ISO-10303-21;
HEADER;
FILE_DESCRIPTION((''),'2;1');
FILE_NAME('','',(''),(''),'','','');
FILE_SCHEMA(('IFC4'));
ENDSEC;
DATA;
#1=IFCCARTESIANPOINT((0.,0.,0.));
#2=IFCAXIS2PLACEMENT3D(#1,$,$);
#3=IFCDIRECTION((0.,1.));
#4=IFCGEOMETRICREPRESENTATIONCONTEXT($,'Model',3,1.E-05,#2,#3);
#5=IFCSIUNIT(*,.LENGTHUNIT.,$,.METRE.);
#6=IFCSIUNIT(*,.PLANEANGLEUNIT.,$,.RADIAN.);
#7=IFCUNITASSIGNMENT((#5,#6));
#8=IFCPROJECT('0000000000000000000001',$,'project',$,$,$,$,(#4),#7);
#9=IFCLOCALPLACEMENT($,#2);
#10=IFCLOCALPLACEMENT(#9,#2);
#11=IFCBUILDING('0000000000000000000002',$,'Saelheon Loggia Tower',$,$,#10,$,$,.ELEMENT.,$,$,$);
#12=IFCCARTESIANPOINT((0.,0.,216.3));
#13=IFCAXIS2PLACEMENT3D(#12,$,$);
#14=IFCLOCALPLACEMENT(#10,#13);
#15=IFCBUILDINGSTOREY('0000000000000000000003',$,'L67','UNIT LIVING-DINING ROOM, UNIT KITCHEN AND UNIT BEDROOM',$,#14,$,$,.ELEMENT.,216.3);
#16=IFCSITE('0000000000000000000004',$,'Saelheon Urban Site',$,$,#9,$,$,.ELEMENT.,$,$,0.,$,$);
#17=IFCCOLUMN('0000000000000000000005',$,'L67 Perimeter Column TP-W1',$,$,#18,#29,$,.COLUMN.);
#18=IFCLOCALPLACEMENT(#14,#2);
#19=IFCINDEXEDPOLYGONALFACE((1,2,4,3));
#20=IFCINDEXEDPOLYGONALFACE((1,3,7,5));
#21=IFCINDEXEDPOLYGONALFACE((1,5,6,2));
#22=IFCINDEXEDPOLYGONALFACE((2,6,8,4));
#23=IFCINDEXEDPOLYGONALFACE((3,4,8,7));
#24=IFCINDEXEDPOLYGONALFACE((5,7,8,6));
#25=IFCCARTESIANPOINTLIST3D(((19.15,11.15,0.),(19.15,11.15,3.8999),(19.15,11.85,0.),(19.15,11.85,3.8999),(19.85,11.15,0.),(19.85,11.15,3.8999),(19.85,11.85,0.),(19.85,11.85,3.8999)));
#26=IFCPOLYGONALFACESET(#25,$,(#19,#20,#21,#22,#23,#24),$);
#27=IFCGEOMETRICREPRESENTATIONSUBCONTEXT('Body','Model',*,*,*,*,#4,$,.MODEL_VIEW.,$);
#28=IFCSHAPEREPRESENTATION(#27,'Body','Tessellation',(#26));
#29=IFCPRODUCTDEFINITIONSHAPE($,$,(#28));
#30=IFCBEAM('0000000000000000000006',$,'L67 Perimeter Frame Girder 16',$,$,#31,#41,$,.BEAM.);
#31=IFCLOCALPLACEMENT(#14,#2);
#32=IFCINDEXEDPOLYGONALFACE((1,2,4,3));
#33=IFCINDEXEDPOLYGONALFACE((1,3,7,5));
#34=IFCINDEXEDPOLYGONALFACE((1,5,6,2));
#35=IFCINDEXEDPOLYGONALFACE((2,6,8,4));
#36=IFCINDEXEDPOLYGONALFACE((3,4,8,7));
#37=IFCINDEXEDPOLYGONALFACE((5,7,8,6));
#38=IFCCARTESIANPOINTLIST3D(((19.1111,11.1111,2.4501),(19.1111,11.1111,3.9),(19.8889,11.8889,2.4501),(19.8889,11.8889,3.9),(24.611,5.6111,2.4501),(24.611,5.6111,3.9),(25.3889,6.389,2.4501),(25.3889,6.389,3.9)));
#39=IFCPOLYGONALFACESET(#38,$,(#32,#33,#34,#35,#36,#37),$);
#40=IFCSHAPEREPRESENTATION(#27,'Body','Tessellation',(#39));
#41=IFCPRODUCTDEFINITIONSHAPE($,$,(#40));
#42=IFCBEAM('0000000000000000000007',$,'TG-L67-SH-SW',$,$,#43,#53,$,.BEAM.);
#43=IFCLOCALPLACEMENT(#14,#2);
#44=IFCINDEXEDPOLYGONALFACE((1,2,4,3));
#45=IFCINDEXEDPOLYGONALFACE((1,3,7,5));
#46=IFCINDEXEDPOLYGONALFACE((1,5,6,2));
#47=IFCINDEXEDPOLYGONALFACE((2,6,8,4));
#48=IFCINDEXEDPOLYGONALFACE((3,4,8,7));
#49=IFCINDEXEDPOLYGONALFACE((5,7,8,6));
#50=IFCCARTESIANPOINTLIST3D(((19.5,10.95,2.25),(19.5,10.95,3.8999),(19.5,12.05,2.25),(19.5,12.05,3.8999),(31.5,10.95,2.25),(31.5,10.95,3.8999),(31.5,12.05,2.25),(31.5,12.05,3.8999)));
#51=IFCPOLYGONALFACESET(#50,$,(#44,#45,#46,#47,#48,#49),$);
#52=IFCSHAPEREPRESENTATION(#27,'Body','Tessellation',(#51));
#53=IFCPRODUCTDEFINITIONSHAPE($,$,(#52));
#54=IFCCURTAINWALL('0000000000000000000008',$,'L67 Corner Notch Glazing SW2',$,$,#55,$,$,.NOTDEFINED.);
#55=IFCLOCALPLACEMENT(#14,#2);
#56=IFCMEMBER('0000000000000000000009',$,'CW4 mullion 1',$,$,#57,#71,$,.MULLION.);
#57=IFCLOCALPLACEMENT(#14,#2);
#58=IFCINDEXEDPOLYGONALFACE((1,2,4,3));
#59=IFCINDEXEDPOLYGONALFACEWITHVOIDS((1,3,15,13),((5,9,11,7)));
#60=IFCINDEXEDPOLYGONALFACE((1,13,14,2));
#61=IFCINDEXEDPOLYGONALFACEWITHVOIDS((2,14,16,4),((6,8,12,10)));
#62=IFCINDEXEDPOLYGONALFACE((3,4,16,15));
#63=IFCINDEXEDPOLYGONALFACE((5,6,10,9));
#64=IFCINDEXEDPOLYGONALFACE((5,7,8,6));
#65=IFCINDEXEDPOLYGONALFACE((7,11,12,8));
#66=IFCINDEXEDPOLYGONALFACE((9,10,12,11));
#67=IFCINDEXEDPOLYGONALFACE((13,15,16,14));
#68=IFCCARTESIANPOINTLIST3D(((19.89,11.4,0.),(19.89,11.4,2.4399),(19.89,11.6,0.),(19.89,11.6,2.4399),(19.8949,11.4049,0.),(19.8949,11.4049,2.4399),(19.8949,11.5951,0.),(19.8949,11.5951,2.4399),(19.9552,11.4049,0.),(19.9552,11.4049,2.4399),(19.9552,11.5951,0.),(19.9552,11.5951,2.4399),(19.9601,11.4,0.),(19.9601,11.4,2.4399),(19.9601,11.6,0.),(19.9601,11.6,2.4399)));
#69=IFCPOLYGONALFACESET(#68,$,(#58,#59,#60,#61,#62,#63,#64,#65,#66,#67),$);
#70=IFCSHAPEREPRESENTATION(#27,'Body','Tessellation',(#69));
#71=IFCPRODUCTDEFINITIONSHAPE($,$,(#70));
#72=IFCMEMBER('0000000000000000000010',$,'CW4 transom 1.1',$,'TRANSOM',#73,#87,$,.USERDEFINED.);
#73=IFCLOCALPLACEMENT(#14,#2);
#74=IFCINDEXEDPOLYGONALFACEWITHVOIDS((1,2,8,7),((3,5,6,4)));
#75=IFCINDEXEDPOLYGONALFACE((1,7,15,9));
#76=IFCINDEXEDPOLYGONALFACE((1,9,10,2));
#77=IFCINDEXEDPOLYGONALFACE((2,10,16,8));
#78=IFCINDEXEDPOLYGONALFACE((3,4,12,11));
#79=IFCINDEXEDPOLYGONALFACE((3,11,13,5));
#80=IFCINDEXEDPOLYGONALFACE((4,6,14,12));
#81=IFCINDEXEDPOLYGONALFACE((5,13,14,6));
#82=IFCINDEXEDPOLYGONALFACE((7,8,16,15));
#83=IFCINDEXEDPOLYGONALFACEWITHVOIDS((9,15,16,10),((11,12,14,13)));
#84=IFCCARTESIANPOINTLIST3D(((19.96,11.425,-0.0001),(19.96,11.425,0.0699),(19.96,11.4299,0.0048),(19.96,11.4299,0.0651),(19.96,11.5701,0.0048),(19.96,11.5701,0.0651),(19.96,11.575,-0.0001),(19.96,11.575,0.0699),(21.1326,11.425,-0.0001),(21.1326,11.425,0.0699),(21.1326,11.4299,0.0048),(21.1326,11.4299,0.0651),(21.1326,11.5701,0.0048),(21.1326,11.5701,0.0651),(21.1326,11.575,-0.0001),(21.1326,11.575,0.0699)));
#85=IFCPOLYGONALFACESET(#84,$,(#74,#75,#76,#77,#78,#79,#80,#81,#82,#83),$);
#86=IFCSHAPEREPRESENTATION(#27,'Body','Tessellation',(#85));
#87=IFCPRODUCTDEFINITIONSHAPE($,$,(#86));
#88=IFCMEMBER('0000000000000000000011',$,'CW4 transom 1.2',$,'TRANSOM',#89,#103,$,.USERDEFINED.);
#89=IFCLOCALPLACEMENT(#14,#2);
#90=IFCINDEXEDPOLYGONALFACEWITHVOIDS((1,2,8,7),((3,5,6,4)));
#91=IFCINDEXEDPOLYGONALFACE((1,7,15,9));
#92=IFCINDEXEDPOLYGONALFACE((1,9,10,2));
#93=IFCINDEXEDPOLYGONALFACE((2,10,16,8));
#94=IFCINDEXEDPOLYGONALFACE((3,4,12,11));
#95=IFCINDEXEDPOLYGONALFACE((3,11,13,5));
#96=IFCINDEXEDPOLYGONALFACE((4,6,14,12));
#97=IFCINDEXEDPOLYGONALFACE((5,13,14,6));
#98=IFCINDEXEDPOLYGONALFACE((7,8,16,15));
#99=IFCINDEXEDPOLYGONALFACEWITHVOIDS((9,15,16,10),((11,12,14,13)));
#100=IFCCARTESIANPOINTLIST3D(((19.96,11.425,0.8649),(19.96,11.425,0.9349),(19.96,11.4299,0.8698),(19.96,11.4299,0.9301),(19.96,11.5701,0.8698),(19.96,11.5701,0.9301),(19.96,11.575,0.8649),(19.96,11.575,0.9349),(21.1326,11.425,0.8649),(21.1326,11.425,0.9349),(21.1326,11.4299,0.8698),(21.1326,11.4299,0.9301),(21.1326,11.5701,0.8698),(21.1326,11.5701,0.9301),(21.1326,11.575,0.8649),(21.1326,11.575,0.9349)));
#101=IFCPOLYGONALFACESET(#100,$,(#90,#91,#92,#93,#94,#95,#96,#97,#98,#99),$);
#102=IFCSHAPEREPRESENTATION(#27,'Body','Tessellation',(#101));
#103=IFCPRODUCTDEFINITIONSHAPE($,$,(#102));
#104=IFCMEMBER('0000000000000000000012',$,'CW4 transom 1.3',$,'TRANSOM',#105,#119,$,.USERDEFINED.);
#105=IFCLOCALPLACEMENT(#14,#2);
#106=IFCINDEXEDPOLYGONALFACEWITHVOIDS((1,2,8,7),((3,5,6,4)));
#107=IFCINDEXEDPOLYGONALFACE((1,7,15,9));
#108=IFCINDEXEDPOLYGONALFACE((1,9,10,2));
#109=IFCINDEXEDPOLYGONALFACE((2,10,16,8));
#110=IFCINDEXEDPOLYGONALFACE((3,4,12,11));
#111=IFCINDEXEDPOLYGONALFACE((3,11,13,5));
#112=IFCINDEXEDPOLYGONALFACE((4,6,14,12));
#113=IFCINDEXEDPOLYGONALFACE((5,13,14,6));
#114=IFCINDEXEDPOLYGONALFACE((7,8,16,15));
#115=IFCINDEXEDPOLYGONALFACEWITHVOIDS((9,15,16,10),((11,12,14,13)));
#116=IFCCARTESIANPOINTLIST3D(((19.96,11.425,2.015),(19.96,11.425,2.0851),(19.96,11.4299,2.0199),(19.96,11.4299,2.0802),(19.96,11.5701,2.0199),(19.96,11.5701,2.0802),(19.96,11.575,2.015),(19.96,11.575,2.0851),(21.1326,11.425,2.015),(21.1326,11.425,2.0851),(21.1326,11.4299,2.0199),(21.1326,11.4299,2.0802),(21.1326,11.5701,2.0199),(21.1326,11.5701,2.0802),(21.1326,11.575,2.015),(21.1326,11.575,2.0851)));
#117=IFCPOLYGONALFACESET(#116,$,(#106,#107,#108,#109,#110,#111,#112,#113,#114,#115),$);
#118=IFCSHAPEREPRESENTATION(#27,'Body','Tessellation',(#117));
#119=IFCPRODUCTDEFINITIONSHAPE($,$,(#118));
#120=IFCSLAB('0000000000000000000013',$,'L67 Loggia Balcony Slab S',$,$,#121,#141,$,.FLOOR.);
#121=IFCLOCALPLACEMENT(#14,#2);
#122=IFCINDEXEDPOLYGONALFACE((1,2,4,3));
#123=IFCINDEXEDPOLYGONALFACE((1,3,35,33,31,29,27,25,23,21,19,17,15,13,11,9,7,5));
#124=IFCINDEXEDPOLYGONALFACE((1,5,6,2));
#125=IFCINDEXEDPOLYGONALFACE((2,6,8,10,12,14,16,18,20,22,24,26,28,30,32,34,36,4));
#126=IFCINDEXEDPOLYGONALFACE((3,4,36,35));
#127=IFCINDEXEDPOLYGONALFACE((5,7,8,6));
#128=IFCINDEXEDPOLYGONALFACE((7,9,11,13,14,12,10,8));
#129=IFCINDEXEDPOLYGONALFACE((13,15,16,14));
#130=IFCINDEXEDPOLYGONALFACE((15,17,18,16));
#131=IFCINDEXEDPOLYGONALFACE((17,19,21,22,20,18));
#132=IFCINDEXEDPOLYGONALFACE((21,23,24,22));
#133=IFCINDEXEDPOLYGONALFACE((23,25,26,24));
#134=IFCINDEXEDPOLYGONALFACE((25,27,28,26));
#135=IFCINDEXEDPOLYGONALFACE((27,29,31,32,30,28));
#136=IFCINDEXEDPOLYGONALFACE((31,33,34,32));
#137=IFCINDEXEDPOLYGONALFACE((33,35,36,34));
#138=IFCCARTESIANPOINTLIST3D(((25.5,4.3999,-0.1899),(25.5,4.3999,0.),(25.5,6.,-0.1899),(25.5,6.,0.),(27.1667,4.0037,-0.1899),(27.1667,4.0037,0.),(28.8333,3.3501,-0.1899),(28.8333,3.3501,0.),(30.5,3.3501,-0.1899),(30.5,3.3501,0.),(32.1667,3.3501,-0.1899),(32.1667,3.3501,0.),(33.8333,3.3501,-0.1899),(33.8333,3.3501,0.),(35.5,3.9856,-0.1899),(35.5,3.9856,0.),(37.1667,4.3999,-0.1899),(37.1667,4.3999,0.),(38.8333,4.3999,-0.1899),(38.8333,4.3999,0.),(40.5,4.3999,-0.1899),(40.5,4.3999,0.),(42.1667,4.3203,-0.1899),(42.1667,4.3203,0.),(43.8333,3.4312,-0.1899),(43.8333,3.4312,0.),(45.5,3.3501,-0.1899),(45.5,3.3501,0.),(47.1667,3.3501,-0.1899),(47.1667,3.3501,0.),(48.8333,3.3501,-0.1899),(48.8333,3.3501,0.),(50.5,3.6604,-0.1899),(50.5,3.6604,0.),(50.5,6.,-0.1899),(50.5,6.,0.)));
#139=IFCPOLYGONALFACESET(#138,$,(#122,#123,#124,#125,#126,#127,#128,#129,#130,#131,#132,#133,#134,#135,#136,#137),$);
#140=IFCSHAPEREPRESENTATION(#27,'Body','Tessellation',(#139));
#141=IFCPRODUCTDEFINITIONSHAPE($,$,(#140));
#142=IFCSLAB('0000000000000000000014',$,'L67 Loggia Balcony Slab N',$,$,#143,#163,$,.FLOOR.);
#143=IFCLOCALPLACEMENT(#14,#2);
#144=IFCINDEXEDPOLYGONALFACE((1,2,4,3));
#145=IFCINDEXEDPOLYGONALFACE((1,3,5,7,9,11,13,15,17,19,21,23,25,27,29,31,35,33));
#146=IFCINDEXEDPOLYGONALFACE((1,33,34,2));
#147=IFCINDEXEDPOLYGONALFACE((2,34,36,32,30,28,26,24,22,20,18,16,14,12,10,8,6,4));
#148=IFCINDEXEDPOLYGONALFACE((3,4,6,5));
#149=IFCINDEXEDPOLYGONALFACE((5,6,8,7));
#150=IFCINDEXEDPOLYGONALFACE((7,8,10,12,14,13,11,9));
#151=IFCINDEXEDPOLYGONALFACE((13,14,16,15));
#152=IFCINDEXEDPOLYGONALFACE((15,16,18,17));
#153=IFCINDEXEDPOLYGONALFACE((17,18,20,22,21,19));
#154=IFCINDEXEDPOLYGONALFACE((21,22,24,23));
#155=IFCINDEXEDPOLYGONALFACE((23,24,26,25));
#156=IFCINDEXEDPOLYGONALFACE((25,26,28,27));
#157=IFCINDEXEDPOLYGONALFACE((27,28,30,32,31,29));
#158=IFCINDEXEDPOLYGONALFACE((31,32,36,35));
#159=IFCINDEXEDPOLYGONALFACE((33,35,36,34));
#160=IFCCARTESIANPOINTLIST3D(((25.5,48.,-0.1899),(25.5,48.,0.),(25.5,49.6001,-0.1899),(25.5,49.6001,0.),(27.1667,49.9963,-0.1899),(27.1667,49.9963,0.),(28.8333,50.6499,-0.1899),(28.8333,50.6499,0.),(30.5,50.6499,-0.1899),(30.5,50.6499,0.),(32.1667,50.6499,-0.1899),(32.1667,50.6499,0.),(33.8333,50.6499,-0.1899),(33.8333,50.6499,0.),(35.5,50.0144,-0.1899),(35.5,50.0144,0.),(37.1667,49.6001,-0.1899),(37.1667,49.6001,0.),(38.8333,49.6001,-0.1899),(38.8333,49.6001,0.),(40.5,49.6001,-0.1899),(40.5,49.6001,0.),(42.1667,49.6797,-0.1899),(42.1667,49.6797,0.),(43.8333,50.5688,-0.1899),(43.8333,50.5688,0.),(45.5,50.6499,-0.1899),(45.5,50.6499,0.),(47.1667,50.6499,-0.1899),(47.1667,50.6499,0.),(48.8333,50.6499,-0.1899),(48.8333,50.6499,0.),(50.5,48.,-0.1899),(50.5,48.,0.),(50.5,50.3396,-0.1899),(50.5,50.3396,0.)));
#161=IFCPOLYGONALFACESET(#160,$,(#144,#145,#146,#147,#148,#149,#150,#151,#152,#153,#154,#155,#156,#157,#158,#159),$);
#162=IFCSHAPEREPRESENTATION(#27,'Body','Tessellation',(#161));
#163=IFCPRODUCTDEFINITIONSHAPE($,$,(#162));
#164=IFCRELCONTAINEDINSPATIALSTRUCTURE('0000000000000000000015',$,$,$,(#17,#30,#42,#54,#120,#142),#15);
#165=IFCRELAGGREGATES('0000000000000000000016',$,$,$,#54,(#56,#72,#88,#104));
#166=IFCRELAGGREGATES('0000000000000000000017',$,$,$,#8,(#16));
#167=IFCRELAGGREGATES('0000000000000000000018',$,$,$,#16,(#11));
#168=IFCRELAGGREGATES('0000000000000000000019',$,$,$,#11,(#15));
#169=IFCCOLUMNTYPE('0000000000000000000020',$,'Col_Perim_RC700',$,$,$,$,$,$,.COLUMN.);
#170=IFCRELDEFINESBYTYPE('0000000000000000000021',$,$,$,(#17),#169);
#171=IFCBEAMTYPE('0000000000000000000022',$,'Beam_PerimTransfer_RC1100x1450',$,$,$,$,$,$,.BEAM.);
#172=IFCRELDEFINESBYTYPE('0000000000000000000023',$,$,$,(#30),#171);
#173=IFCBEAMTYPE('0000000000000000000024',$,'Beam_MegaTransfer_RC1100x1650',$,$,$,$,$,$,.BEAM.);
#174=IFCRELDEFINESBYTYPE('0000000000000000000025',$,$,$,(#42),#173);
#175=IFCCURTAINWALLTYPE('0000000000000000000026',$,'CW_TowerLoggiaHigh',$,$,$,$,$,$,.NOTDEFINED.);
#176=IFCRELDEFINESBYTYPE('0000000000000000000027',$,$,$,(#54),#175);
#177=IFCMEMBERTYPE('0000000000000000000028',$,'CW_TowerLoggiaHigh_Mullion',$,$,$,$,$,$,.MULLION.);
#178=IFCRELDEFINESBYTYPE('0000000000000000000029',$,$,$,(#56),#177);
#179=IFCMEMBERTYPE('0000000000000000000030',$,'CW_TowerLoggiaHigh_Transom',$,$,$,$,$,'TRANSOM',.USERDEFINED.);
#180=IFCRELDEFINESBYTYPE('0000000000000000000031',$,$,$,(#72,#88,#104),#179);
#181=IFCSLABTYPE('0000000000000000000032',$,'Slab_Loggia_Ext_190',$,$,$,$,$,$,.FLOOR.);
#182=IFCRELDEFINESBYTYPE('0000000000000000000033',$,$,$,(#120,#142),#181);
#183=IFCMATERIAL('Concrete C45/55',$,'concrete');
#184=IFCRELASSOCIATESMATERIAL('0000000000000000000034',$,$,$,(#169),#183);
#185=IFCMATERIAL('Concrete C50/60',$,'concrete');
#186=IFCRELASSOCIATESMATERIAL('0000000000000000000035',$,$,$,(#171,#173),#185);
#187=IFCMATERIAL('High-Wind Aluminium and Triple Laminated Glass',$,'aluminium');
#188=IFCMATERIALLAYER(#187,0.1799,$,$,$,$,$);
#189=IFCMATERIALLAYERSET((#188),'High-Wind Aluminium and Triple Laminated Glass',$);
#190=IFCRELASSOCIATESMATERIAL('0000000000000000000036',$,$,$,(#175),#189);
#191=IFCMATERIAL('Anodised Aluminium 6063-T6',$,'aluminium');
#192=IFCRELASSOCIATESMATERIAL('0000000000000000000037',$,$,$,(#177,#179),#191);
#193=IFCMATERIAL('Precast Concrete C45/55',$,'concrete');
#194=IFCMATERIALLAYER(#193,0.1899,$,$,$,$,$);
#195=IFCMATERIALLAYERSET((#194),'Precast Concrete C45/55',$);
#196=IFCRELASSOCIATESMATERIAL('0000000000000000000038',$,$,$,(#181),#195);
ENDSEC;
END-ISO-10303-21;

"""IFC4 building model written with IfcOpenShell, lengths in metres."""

from ifc_helpers import new_model, si_unit, direction, frame, origin, origin_2d, place, context, subcontext, project, spatial, polyline, rectangle, hollow_rectangle, outline, extrude, source, transform, mapped, material, layer, layer_set, material_profile, profile_set, type_object, element, aggregate, save


model = new_model("IFC4")

# Units and contexts
model_context = context("Model", 3, precision=1e-05, world=origin(), true_north=direction((0.0, 1.0)))
body_context = subcontext(model_context, "Body", "Model", "MODEL_VIEW")
ifc_project = project(units=[si_unit("LENGTHUNIT", "METRE"), si_unit("PLANEANGLEUNIT", "RADIAN")], contexts=[model_context])

# Site, building, storey
site_placement = place(None, origin())
site = spatial("IfcSite", under=ifc_project, at=site_placement, Name="Saelheon Urban Site", CompositionType="ELEMENT", RefElevation=0.0)
building_placement = place(site_placement, origin())
building = spatial("IfcBuilding", under=site, at=building_placement, Name="Saelheon Loggia Tower", CompositionType="ELEMENT")
storey_placement = place(building_placement, frame((0.0, 0.0, 216.3)))
storey = spatial("IfcBuildingStorey", under=building, at=storey_placement, Name="L67", Description="UNIT LIVING-DINING ROOM, UNIT KITCHEN AND UNIT BEDROOM", CompositionType="ELEMENT", Elevation=216.3)

# Column
ifc_material_1 = material(Name="Concrete C45/55", Category="concrete")
ifc_material_profile_1 = material_profile(ifc_material_1, rectangle(XDim=0.7, YDim=0.7, at=origin_2d()), Name="RC-700x700")
ifc_profile_set_1 = profile_set([ifc_material_profile_1], Name="Concrete C45/55")
column_type = type_object("IfcColumnType", Name="Col_Perim_RC700", PredefinedType="COLUMN", material=ifc_profile_set_1)
shared_shape_1 = source(origin(), body_context, "Body", "SweptSolid", [
    extrude(rectangle(XDim=0.7, YDim=0.7, at=origin_2d()), origin(), (0.0, 0.0, 1.0), 3.8999),
])
column_placement = place(storey_placement, frame((19.5, 11.5, 0.0), z_axis=(0.0, 0.0, 1.0), x_axis=(1.0, 0.0, 0.0)))
element("IfcColumn", 1, at=column_placement, inside=storey, type_object=column_type, Name="L67 Perimeter Column TP-W1", PredefinedType="COLUMN", context=body_context, shape_type="MappedRepresentation", body=[
    mapped(shared_shape_1, transform((0.0, 0.0, 0.0), scale=1.0)),
])

# Beams
ifc_material_2 = material(Name="Concrete C50/60", Category="concrete")
ifc_material_profile_2 = material_profile(ifc_material_2, rectangle(XDim=1.1001, YDim=1.45, at=origin_2d()), Name="RC-1100x1450")
ifc_profile_set_2 = profile_set([ifc_material_profile_2], Name="Concrete C50/60")
beam_type_1 = type_object("IfcBeamType", Name="Beam_PerimTransfer_RC1100x1450", PredefinedType="BEAM", material=ifc_profile_set_2)
shared_shape_2 = source(origin(), body_context, "Body", "SweptSolid", [
    extrude(rectangle(XDim=1.1001, YDim=1.45, at=origin_2d()), origin(), (0.0, 0.0, 1.0), 7.7781),
])
beam_1_placement = place(storey_placement, frame((19.5, 11.5, 3.175), z_axis=(0.707107, -0.707107, 0.0), x_axis=(0.707107, 0.707107, 0.0)))
element("IfcBeam", 2, at=beam_1_placement, inside=storey, type_object=beam_type_1, Name="L67 Perimeter Frame Girder 16", PredefinedType="BEAM", context=body_context, shape_type="MappedRepresentation", body=[
    mapped(shared_shape_2, transform((0.0, 0.0, 0.0), scale=1.0)),
])
ifc_material_profile_3 = material_profile(ifc_material_2, rectangle(XDim=1.1001, YDim=1.6499, at=origin_2d()), Name="RC-1100x1650")
ifc_profile_set_3 = profile_set([ifc_material_profile_3], Name="Concrete C50/60")
beam_type_2 = type_object("IfcBeamType", Name="Beam_MegaTransfer_RC1100x1650", PredefinedType="BEAM", material=ifc_profile_set_3)
shared_shape_3 = source(origin(), body_context, "Body", "SweptSolid", [
    extrude(rectangle(XDim=1.1001, YDim=1.6499, at=origin_2d()), origin(), (0.0, 0.0, 1.0), 12.0),
])
beam_2_placement = place(storey_placement, frame((19.5, 11.5, 3.075), z_axis=(1.0, 0.0, 0.0), x_axis=(0.0, 1.0, 0.0)))
element("IfcBeam", 3, at=beam_2_placement, inside=storey, type_object=beam_type_2, Name="TG-L67-SH-SW", PredefinedType="BEAM", context=body_context, shape_type="MappedRepresentation", body=[
    mapped(shared_shape_3, transform((0.0, 0.0, 0.0), scale=1.0)),
])

# Curtain wall, members
ifc_material_3 = material(Name="High-Wind Aluminium and Triple Laminated Glass", Category="aluminium")
ifc_layer_1 = layer(ifc_material_3, 0.1799)
ifc_layer_set_1 = layer_set([ifc_layer_1], Name="High-Wind Aluminium and Triple Laminated Glass")
curtain_wall_type = type_object("IfcCurtainWallType", Name="CW_TowerLoggiaHigh", PredefinedType="NOTDEFINED", material=ifc_layer_set_1)
curtain_wall_placement = place(storey_placement, origin())
curtain_wall = element("IfcCurtainWall", 4, at=curtain_wall_placement, inside=storey, type_object=curtain_wall_type, Name="L67 Corner Notch Glazing SW2", PredefinedType="NOTDEFINED")
ifc_material_4 = material(Name="Anodised Aluminium 6063-T6", Category="aluminium")
ifc_material_profile_4 = material_profile(ifc_material_4, hollow_rectangle(XDim=0.0701, YDim=0.2, WallThickness=0.0049, at=origin_2d()), Name="RHS-200x70x5")
ifc_profile_set_4 = profile_set([ifc_material_profile_4], Name="Anodised Aluminium 6063-T6")
member_type_1 = type_object("IfcMemberType", Name="CW_TowerLoggiaHigh_Mullion", PredefinedType="MULLION", material=ifc_profile_set_4)
shared_shape_4 = source(origin(), body_context, "Body", "SweptSolid", [
    extrude(hollow_rectangle(XDim=0.0701, YDim=0.2, WallThickness=0.0049, at=origin_2d()), origin(), (0.0, 0.0, 1.0), 2.4399),
])
member_1_placement = place(storey_placement, frame((19.925, 11.5, 0.0), z_axis=(0.0, 0.0, 1.0), x_axis=(1.0, 0.0, 0.0)))
member_1 = element("IfcMember", 5, at=member_1_placement, type_object=member_type_1, Name="CW4 mullion 1", PredefinedType="MULLION", context=body_context, shape_type="MappedRepresentation", body=[
    mapped(shared_shape_4, transform((0.0, 0.0, 0.0), scale=1.0)),
])
ifc_material_profile_5 = material_profile(ifc_material_4, hollow_rectangle(XDim=0.0701, YDim=0.1499, WallThickness=0.0049, at=origin_2d()), Name="RHS-150x70x5")
ifc_profile_set_5 = profile_set([ifc_material_profile_5], Name="Anodised Aluminium 6063-T6")
member_type_2 = type_object("IfcMemberType", Name="CW_TowerLoggiaHigh_Transom", ElementType="TRANSOM", PredefinedType="USERDEFINED", material=ifc_profile_set_5)
shared_shape_5 = source(origin(), body_context, "Body", "SweptSolid", [
    extrude(hollow_rectangle(XDim=0.0701, YDim=0.1499, WallThickness=0.0049, at=origin_2d()), origin(), (0.0, 0.0, 1.0), 1.1726),
])
member_2_placement = place(storey_placement, frame((19.96, 11.5, 0.0349), z_axis=(1.0, 0.0, 0.0), x_axis=(0.0, 0.0, 1.0)))
member_2 = element("IfcMember", 6, at=member_2_placement, type_object=member_type_2, Name="CW4 transom 1.1", ObjectType="TRANSOM", PredefinedType="USERDEFINED", context=body_context, shape_type="MappedRepresentation", body=[
    mapped(shared_shape_5, transform((0.0, 0.0, 0.0), scale=1.0)),
])
member_3_placement = place(storey_placement, frame((19.96, 11.5, 0.8999), z_axis=(1.0, 0.0, 0.0), x_axis=(0.0, 0.0, 1.0)))
member_3 = element("IfcMember", 7, at=member_3_placement, type_object=member_type_2, Name="CW4 transom 1.2", ObjectType="TRANSOM", PredefinedType="USERDEFINED", context=body_context, shape_type="MappedRepresentation", body=[
    mapped(shared_shape_5, transform((0.0, 0.0, 0.0), scale=1.0)),
])
member_4_placement = place(storey_placement, frame((19.96, 11.5, 2.05), z_axis=(1.0, 0.0, 0.0), x_axis=(0.0, 0.0, 1.0)))
member_4 = element("IfcMember", 8, at=member_4_placement, type_object=member_type_2, Name="CW4 transom 1.3", ObjectType="TRANSOM", PredefinedType="USERDEFINED", context=body_context, shape_type="MappedRepresentation", body=[
    mapped(shared_shape_5, transform((0.0, 0.0, 0.0), scale=1.0)),
])
aggregate(curtain_wall, [member_1, member_2, member_3, member_4])

# Slabs
ifc_material_5 = material(Name="Precast Concrete C45/55", Category="concrete")
ifc_layer_2 = layer(ifc_material_5, 0.1899)
ifc_layer_set_2 = layer_set([ifc_layer_2], Name="Precast Concrete C45/55")
slab_type_1 = type_object("IfcSlabType", Name="Slab_Loggia_Ext_190", PredefinedType="FLOOR", material=ifc_layer_set_2)
slab_1_placement = place(storey_placement, frame((0.0, 0.0, -0.1899)))
element("IfcSlab", 9, at=slab_1_placement, inside=storey, type_object=slab_type_1, Name="L67 Loggia Balcony Slab S", PredefinedType="FLOOR", context=body_context, shape_type="SweptSolid", body=[
    extrude(outline(polyline([(25.5, 4.3999), (27.1667, 4.0037), (28.8333, 3.3501), (30.5, 3.3501), (32.1667, 3.3501), (33.8333, 3.3501), (35.5, 3.9856), (37.1667, 4.3999), (38.8333, 4.3999), (40.5, 4.3999), (42.1667, 4.3203), (43.8333, 3.4312), (45.5, 3.3501), (47.1667, 3.3501), (48.8333, 3.3501), (50.5, 3.6604), (50.5, 6.0), (25.5, 6.0), (25.5, 4.3999)])), origin(), (0.0, 0.0, 1.0), 0.1899),
])
slab_2_placement = place(storey_placement, frame((0.0, 0.0, -0.1899)))
element("IfcSlab", 10, at=slab_2_placement, inside=storey, type_object=slab_type_1, Name="L67 Loggia Balcony Slab N", PredefinedType="FLOOR", context=body_context, shape_type="SweptSolid", body=[
    extrude(outline(polyline([(25.5, 48.0), (50.5, 48.0), (50.5, 50.3396), (48.8333, 50.6499), (47.1667, 50.6499), (45.5, 50.6499), (43.8333, 50.5688), (42.1667, 49.6797), (40.5, 49.6001), (38.8333, 49.6001), (37.1667, 49.6001), (35.5, 50.0144), (33.8333, 50.6499), (32.1667, 50.6499), (30.5, 50.6499), (28.8333, 50.6499), (27.1667, 49.9963), (25.5, 49.6001), (25.5, 48.0)])), origin(), (0.0, 0.0, 1.0), 0.1899),
])

save(model, "model.ifc")
